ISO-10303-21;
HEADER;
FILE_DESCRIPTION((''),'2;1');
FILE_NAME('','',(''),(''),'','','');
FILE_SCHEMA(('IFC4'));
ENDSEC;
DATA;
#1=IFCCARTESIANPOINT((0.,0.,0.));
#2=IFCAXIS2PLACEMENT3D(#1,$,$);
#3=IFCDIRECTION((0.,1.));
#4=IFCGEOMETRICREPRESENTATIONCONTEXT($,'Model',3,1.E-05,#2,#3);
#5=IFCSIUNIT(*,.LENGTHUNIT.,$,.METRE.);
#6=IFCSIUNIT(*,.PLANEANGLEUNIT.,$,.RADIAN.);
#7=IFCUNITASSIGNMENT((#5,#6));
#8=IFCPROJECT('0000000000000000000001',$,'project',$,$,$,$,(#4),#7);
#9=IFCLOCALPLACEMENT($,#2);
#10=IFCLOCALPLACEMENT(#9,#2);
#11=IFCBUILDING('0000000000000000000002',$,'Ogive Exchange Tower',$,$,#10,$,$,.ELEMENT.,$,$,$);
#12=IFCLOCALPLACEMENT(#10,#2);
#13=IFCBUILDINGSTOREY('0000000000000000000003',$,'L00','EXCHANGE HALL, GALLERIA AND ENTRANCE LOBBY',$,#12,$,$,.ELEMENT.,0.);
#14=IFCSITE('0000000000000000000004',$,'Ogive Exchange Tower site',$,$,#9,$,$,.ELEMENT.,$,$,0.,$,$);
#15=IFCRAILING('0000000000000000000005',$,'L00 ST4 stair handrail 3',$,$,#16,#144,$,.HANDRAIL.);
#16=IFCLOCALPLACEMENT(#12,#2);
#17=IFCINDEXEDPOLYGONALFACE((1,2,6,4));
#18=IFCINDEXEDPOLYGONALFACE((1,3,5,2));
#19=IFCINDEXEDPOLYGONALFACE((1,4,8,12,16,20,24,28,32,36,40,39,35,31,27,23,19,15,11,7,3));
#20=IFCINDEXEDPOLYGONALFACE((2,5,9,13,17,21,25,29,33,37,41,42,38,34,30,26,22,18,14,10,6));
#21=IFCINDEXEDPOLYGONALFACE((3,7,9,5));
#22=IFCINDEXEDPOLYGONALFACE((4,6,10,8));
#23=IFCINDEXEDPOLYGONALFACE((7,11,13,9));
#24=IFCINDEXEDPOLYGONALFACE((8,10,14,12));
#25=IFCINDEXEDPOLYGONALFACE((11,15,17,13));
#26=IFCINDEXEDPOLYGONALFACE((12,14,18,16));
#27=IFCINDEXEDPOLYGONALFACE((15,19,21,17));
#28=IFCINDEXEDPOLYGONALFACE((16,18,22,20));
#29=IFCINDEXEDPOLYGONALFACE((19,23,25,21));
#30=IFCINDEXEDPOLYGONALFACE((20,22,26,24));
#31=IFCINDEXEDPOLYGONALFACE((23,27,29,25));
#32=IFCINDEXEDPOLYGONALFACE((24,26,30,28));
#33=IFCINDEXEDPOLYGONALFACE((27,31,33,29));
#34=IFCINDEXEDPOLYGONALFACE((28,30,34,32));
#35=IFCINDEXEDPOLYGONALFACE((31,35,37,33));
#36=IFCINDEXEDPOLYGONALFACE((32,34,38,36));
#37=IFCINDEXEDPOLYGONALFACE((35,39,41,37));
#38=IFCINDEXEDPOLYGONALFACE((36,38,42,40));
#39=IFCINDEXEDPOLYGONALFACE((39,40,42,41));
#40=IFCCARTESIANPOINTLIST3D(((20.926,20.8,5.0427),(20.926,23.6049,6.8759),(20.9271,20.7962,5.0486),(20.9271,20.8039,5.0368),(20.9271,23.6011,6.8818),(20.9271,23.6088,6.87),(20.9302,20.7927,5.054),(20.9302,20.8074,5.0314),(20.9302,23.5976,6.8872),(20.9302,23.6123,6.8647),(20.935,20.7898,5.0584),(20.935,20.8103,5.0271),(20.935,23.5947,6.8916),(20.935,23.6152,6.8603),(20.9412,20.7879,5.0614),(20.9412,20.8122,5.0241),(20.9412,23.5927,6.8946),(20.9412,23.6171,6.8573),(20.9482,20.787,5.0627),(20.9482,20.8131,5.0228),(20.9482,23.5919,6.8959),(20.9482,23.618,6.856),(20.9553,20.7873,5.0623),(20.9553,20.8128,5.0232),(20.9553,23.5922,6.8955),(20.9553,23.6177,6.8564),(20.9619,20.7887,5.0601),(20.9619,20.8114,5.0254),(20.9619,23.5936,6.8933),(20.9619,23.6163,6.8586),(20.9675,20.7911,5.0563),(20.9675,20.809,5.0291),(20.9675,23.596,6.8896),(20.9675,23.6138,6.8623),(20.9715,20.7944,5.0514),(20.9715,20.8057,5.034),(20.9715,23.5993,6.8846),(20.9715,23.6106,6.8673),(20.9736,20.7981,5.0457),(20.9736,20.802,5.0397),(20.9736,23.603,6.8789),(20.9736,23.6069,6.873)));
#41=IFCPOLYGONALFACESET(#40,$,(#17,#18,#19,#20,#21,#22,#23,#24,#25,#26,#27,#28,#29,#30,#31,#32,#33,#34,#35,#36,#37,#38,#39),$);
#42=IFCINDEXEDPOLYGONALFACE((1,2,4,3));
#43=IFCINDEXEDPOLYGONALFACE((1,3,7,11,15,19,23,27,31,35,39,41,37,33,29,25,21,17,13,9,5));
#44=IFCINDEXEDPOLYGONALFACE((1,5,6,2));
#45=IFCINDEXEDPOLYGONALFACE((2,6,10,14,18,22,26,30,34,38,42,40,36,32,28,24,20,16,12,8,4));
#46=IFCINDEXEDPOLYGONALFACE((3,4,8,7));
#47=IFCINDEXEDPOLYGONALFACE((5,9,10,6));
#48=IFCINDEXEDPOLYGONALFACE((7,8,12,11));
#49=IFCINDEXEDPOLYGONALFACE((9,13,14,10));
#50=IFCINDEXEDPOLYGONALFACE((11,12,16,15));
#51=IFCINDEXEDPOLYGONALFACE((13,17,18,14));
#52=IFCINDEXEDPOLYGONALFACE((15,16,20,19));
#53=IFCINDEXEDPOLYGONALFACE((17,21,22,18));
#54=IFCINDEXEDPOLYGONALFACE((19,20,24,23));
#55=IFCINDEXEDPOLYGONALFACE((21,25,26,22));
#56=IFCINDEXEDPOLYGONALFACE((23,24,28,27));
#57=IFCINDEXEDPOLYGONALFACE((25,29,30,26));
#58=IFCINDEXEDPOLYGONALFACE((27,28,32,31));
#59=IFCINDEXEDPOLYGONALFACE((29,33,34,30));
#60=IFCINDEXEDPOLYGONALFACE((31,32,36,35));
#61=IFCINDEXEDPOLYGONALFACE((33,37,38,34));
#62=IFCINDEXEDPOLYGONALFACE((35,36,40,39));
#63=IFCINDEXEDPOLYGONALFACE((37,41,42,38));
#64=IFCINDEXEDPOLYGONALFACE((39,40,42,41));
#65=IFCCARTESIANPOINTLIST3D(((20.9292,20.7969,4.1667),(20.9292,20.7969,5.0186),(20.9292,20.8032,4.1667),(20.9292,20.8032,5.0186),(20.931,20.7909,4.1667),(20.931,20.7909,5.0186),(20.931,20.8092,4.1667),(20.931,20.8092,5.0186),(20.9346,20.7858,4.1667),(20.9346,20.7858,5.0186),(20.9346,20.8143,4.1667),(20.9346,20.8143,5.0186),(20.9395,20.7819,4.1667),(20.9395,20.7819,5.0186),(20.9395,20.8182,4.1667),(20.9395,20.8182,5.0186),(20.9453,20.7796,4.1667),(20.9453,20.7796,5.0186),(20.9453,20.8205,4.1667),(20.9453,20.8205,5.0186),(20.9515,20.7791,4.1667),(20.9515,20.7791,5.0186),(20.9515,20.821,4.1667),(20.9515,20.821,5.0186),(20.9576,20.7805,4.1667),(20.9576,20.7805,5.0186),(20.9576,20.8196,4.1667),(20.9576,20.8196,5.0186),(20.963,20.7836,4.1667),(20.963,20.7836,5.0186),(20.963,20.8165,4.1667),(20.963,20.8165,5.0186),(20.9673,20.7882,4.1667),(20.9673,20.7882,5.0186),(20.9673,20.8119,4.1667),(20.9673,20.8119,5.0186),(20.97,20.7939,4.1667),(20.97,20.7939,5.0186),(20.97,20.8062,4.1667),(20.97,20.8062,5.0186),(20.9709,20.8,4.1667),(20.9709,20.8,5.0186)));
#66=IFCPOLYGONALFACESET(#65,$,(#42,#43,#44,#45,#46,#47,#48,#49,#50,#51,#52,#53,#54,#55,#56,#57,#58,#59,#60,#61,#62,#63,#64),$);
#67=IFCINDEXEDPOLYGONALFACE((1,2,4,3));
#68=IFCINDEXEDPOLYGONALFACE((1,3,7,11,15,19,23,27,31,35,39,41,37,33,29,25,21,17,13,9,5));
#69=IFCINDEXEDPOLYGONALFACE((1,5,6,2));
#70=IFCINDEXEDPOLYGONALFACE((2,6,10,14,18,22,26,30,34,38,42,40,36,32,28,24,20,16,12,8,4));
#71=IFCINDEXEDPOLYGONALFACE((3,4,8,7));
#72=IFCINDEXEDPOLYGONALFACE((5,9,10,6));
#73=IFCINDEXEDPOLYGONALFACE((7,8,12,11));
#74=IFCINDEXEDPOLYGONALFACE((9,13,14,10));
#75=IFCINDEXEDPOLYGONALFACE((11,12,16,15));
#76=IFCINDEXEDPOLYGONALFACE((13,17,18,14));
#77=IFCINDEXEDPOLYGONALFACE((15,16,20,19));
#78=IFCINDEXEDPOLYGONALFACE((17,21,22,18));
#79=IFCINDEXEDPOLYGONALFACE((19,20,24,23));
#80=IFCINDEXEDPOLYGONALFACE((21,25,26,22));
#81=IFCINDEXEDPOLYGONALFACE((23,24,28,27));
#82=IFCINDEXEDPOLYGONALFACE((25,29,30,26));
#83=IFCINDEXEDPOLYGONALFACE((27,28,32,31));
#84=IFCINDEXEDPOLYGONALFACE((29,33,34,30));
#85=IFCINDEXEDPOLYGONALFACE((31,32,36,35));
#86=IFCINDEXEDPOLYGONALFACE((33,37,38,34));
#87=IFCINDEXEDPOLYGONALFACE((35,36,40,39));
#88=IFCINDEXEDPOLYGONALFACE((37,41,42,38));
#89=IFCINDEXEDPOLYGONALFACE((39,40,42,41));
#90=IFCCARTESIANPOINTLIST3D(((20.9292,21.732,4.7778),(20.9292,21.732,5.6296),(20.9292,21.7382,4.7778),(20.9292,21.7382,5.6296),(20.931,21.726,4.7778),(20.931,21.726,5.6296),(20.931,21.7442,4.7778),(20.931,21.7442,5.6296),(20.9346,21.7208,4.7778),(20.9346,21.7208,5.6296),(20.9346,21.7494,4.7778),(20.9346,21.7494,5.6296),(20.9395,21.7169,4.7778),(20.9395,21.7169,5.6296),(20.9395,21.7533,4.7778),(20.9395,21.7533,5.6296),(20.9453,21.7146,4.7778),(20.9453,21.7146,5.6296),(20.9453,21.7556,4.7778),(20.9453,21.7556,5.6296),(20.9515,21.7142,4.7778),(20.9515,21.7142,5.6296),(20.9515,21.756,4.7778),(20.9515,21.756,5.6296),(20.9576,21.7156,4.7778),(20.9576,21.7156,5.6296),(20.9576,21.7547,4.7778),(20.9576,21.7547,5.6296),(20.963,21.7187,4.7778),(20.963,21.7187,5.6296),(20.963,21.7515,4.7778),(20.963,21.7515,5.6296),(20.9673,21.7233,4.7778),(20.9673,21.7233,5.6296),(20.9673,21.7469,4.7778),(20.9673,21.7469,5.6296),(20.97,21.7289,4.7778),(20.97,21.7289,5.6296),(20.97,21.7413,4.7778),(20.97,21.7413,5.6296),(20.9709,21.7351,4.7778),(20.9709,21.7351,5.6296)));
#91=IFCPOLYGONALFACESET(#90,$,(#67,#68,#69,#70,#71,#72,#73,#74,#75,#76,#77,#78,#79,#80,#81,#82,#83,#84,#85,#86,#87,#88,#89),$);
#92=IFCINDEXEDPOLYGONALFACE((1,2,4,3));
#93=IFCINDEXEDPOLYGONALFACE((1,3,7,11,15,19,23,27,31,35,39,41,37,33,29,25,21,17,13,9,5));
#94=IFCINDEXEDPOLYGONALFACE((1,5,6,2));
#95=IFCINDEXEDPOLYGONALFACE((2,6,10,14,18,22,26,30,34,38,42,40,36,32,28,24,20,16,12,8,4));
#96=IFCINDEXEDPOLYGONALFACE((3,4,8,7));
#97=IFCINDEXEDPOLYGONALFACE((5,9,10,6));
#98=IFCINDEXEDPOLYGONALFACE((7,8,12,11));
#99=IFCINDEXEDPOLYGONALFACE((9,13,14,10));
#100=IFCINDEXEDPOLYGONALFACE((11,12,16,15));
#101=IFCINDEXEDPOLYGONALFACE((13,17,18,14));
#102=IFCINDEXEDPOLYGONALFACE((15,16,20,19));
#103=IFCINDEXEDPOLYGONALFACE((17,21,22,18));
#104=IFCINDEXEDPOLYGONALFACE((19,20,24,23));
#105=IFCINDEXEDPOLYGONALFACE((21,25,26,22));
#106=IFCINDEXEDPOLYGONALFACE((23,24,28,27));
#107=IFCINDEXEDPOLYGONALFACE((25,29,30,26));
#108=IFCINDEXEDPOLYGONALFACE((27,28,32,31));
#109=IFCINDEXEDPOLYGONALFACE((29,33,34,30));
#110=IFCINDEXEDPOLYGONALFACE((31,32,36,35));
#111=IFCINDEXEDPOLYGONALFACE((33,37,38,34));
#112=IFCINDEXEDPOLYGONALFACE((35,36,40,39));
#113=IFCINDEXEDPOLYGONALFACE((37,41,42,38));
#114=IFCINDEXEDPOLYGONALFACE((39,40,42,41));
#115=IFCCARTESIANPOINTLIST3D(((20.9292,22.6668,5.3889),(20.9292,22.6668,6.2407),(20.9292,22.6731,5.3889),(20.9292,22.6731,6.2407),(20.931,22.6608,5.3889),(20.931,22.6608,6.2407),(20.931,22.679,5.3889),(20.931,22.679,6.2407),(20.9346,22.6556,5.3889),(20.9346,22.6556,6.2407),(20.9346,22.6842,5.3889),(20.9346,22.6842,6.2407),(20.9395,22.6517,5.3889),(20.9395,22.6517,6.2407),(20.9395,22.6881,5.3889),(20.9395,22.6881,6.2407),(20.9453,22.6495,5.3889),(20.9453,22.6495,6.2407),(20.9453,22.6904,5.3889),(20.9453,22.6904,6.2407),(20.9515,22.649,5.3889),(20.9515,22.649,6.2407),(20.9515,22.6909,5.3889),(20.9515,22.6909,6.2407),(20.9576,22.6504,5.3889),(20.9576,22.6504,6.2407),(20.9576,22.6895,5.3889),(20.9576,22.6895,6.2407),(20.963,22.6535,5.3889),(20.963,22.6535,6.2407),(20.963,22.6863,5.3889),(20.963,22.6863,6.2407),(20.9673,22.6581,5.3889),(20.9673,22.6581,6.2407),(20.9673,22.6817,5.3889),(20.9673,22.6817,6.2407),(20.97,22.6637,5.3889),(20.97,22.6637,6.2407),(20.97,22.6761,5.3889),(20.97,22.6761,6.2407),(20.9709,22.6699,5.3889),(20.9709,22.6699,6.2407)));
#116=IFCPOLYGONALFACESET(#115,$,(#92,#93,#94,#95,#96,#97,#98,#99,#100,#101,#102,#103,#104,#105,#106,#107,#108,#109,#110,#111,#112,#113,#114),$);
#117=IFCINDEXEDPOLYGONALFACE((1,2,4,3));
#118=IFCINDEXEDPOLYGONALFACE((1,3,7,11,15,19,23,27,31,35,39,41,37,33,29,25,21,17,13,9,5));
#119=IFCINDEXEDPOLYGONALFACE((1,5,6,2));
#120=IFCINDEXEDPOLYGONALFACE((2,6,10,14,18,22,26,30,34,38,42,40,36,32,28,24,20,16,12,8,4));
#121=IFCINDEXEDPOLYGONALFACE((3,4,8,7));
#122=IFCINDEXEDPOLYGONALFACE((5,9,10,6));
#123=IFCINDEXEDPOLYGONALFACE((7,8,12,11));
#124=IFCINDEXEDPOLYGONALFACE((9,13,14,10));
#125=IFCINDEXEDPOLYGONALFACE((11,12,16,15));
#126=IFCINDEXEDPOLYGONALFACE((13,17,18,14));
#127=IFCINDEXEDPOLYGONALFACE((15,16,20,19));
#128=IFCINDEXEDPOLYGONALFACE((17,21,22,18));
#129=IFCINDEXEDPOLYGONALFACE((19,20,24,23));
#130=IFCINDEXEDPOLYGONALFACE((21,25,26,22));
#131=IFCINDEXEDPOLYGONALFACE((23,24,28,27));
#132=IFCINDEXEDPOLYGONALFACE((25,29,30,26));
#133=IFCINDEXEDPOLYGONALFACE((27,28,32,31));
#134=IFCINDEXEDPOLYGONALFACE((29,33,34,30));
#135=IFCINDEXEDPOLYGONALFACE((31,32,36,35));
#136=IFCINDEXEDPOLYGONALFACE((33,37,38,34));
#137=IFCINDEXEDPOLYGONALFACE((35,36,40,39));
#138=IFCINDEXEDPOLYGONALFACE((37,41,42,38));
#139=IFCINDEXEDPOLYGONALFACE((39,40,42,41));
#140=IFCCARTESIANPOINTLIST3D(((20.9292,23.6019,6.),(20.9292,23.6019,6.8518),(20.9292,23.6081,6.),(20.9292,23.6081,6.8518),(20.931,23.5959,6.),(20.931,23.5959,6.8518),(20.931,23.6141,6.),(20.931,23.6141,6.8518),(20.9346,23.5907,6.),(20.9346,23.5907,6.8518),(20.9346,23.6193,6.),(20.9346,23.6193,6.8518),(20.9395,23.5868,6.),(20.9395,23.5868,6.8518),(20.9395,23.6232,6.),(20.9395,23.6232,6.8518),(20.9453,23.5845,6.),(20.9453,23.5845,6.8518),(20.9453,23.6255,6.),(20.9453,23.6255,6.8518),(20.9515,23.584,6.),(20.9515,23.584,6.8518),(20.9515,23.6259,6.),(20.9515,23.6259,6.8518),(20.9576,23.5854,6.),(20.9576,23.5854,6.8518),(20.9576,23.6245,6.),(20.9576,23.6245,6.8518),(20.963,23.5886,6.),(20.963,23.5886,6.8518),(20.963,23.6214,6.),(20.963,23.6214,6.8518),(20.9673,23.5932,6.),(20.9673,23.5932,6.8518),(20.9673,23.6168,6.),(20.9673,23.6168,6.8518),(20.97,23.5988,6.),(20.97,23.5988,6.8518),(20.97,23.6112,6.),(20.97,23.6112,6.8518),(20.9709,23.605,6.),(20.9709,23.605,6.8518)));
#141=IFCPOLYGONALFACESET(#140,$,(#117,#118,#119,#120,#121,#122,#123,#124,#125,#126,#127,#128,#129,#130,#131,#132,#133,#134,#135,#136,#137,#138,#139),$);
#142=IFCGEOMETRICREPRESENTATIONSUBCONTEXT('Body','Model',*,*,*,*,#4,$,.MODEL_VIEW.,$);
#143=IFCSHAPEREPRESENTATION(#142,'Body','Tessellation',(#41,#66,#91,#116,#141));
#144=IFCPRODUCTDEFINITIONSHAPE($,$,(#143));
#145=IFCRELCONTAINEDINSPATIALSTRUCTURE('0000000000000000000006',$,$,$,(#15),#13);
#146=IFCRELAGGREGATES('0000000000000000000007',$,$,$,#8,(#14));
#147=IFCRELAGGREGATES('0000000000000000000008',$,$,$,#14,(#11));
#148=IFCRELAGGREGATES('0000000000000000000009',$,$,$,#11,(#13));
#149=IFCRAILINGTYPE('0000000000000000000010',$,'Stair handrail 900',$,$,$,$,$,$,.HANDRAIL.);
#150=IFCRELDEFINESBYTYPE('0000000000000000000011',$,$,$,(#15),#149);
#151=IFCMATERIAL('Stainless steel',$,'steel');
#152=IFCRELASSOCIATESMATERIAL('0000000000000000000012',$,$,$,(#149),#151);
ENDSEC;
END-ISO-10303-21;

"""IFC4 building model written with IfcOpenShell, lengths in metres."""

from ifc_helpers import new_model, si_unit, direction, frame, origin, origin_2d, place, context, subcontext, project, spatial, circle, extrude, material, type_object, element, save


model = new_model("IFC4")

# Units and contexts
model_context = context("Model", 3, precision=1e-05, world=origin(), true_north=direction((0.0, 1.0)))
body_context = subcontext(model_context, "Body", "Model", "MODEL_VIEW")
ifc_project = project(units=[si_unit("LENGTHUNIT", "METRE"), si_unit("PLANEANGLEUNIT", "RADIAN")], contexts=[model_context])

# Site, building, storey
site_placement = place(None, origin())
site = spatial("IfcSite", under=ifc_project, at=site_placement, Name="Ogive Exchange Tower site", CompositionType="ELEMENT", RefElevation=0.0)
building_placement = place(site_placement, origin())
building = spatial("IfcBuilding", under=site, at=building_placement, Name="Ogive Exchange Tower", CompositionType="ELEMENT")
storey_placement = place(building_placement, origin())
storey = spatial("IfcBuildingStorey", under=building, at=storey_placement, Name="L00", Description="EXCHANGE HALL, GALLERIA AND ENTRANCE LOBBY", CompositionType="ELEMENT", Elevation=0.0)

# Railing
ifc_material_1 = material(Name="Stainless steel", Category="steel")
railing_type = type_object("IfcRailingType", Name="Stair handrail 900", PredefinedType="HANDRAIL", material=ifc_material_1)
railing_1_placement = place(storey_placement, frame((20.95, 20.8, 4.1667)))
element("IfcRailing", 1, at=railing_1_placement, inside=storey, type_object=railing_type, Name="L00 ST4 stair handrail 3", PredefinedType="HANDRAIL", context=body_context, shape_type="SweptSolid", body=[
    extrude(circle(Radius=0.0239, at=origin_2d()), frame((0.0, 0.0, 0.876), z_axis=(0.0, 0.837071, 0.547094), x_axis=(-1.0, 0.0, 0.0)), (0.0, 0.0, 1.0), 3.3508),
    extrude(circle(Radius=0.021, at=origin_2d()), origin(), (0.0, 0.0, 1.0), 0.8518),
    extrude(circle(Radius=0.021, at=origin_2d()), frame((0.0, 0.9351, 0.6111)), (0.0, 0.0, 1.0), 0.8518),
    extrude(circle(Radius=0.021, at=origin_2d()), frame((0.0, 1.8699, 1.2222)), (0.0, 0.0, 1.0), 0.8518),
    extrude(circle(Radius=0.021, at=origin_2d()), frame((0.0, 2.8049, 1.8333)), (0.0, 0.0, 1.0), 0.8518),
])

save(model, "model.ifc")
